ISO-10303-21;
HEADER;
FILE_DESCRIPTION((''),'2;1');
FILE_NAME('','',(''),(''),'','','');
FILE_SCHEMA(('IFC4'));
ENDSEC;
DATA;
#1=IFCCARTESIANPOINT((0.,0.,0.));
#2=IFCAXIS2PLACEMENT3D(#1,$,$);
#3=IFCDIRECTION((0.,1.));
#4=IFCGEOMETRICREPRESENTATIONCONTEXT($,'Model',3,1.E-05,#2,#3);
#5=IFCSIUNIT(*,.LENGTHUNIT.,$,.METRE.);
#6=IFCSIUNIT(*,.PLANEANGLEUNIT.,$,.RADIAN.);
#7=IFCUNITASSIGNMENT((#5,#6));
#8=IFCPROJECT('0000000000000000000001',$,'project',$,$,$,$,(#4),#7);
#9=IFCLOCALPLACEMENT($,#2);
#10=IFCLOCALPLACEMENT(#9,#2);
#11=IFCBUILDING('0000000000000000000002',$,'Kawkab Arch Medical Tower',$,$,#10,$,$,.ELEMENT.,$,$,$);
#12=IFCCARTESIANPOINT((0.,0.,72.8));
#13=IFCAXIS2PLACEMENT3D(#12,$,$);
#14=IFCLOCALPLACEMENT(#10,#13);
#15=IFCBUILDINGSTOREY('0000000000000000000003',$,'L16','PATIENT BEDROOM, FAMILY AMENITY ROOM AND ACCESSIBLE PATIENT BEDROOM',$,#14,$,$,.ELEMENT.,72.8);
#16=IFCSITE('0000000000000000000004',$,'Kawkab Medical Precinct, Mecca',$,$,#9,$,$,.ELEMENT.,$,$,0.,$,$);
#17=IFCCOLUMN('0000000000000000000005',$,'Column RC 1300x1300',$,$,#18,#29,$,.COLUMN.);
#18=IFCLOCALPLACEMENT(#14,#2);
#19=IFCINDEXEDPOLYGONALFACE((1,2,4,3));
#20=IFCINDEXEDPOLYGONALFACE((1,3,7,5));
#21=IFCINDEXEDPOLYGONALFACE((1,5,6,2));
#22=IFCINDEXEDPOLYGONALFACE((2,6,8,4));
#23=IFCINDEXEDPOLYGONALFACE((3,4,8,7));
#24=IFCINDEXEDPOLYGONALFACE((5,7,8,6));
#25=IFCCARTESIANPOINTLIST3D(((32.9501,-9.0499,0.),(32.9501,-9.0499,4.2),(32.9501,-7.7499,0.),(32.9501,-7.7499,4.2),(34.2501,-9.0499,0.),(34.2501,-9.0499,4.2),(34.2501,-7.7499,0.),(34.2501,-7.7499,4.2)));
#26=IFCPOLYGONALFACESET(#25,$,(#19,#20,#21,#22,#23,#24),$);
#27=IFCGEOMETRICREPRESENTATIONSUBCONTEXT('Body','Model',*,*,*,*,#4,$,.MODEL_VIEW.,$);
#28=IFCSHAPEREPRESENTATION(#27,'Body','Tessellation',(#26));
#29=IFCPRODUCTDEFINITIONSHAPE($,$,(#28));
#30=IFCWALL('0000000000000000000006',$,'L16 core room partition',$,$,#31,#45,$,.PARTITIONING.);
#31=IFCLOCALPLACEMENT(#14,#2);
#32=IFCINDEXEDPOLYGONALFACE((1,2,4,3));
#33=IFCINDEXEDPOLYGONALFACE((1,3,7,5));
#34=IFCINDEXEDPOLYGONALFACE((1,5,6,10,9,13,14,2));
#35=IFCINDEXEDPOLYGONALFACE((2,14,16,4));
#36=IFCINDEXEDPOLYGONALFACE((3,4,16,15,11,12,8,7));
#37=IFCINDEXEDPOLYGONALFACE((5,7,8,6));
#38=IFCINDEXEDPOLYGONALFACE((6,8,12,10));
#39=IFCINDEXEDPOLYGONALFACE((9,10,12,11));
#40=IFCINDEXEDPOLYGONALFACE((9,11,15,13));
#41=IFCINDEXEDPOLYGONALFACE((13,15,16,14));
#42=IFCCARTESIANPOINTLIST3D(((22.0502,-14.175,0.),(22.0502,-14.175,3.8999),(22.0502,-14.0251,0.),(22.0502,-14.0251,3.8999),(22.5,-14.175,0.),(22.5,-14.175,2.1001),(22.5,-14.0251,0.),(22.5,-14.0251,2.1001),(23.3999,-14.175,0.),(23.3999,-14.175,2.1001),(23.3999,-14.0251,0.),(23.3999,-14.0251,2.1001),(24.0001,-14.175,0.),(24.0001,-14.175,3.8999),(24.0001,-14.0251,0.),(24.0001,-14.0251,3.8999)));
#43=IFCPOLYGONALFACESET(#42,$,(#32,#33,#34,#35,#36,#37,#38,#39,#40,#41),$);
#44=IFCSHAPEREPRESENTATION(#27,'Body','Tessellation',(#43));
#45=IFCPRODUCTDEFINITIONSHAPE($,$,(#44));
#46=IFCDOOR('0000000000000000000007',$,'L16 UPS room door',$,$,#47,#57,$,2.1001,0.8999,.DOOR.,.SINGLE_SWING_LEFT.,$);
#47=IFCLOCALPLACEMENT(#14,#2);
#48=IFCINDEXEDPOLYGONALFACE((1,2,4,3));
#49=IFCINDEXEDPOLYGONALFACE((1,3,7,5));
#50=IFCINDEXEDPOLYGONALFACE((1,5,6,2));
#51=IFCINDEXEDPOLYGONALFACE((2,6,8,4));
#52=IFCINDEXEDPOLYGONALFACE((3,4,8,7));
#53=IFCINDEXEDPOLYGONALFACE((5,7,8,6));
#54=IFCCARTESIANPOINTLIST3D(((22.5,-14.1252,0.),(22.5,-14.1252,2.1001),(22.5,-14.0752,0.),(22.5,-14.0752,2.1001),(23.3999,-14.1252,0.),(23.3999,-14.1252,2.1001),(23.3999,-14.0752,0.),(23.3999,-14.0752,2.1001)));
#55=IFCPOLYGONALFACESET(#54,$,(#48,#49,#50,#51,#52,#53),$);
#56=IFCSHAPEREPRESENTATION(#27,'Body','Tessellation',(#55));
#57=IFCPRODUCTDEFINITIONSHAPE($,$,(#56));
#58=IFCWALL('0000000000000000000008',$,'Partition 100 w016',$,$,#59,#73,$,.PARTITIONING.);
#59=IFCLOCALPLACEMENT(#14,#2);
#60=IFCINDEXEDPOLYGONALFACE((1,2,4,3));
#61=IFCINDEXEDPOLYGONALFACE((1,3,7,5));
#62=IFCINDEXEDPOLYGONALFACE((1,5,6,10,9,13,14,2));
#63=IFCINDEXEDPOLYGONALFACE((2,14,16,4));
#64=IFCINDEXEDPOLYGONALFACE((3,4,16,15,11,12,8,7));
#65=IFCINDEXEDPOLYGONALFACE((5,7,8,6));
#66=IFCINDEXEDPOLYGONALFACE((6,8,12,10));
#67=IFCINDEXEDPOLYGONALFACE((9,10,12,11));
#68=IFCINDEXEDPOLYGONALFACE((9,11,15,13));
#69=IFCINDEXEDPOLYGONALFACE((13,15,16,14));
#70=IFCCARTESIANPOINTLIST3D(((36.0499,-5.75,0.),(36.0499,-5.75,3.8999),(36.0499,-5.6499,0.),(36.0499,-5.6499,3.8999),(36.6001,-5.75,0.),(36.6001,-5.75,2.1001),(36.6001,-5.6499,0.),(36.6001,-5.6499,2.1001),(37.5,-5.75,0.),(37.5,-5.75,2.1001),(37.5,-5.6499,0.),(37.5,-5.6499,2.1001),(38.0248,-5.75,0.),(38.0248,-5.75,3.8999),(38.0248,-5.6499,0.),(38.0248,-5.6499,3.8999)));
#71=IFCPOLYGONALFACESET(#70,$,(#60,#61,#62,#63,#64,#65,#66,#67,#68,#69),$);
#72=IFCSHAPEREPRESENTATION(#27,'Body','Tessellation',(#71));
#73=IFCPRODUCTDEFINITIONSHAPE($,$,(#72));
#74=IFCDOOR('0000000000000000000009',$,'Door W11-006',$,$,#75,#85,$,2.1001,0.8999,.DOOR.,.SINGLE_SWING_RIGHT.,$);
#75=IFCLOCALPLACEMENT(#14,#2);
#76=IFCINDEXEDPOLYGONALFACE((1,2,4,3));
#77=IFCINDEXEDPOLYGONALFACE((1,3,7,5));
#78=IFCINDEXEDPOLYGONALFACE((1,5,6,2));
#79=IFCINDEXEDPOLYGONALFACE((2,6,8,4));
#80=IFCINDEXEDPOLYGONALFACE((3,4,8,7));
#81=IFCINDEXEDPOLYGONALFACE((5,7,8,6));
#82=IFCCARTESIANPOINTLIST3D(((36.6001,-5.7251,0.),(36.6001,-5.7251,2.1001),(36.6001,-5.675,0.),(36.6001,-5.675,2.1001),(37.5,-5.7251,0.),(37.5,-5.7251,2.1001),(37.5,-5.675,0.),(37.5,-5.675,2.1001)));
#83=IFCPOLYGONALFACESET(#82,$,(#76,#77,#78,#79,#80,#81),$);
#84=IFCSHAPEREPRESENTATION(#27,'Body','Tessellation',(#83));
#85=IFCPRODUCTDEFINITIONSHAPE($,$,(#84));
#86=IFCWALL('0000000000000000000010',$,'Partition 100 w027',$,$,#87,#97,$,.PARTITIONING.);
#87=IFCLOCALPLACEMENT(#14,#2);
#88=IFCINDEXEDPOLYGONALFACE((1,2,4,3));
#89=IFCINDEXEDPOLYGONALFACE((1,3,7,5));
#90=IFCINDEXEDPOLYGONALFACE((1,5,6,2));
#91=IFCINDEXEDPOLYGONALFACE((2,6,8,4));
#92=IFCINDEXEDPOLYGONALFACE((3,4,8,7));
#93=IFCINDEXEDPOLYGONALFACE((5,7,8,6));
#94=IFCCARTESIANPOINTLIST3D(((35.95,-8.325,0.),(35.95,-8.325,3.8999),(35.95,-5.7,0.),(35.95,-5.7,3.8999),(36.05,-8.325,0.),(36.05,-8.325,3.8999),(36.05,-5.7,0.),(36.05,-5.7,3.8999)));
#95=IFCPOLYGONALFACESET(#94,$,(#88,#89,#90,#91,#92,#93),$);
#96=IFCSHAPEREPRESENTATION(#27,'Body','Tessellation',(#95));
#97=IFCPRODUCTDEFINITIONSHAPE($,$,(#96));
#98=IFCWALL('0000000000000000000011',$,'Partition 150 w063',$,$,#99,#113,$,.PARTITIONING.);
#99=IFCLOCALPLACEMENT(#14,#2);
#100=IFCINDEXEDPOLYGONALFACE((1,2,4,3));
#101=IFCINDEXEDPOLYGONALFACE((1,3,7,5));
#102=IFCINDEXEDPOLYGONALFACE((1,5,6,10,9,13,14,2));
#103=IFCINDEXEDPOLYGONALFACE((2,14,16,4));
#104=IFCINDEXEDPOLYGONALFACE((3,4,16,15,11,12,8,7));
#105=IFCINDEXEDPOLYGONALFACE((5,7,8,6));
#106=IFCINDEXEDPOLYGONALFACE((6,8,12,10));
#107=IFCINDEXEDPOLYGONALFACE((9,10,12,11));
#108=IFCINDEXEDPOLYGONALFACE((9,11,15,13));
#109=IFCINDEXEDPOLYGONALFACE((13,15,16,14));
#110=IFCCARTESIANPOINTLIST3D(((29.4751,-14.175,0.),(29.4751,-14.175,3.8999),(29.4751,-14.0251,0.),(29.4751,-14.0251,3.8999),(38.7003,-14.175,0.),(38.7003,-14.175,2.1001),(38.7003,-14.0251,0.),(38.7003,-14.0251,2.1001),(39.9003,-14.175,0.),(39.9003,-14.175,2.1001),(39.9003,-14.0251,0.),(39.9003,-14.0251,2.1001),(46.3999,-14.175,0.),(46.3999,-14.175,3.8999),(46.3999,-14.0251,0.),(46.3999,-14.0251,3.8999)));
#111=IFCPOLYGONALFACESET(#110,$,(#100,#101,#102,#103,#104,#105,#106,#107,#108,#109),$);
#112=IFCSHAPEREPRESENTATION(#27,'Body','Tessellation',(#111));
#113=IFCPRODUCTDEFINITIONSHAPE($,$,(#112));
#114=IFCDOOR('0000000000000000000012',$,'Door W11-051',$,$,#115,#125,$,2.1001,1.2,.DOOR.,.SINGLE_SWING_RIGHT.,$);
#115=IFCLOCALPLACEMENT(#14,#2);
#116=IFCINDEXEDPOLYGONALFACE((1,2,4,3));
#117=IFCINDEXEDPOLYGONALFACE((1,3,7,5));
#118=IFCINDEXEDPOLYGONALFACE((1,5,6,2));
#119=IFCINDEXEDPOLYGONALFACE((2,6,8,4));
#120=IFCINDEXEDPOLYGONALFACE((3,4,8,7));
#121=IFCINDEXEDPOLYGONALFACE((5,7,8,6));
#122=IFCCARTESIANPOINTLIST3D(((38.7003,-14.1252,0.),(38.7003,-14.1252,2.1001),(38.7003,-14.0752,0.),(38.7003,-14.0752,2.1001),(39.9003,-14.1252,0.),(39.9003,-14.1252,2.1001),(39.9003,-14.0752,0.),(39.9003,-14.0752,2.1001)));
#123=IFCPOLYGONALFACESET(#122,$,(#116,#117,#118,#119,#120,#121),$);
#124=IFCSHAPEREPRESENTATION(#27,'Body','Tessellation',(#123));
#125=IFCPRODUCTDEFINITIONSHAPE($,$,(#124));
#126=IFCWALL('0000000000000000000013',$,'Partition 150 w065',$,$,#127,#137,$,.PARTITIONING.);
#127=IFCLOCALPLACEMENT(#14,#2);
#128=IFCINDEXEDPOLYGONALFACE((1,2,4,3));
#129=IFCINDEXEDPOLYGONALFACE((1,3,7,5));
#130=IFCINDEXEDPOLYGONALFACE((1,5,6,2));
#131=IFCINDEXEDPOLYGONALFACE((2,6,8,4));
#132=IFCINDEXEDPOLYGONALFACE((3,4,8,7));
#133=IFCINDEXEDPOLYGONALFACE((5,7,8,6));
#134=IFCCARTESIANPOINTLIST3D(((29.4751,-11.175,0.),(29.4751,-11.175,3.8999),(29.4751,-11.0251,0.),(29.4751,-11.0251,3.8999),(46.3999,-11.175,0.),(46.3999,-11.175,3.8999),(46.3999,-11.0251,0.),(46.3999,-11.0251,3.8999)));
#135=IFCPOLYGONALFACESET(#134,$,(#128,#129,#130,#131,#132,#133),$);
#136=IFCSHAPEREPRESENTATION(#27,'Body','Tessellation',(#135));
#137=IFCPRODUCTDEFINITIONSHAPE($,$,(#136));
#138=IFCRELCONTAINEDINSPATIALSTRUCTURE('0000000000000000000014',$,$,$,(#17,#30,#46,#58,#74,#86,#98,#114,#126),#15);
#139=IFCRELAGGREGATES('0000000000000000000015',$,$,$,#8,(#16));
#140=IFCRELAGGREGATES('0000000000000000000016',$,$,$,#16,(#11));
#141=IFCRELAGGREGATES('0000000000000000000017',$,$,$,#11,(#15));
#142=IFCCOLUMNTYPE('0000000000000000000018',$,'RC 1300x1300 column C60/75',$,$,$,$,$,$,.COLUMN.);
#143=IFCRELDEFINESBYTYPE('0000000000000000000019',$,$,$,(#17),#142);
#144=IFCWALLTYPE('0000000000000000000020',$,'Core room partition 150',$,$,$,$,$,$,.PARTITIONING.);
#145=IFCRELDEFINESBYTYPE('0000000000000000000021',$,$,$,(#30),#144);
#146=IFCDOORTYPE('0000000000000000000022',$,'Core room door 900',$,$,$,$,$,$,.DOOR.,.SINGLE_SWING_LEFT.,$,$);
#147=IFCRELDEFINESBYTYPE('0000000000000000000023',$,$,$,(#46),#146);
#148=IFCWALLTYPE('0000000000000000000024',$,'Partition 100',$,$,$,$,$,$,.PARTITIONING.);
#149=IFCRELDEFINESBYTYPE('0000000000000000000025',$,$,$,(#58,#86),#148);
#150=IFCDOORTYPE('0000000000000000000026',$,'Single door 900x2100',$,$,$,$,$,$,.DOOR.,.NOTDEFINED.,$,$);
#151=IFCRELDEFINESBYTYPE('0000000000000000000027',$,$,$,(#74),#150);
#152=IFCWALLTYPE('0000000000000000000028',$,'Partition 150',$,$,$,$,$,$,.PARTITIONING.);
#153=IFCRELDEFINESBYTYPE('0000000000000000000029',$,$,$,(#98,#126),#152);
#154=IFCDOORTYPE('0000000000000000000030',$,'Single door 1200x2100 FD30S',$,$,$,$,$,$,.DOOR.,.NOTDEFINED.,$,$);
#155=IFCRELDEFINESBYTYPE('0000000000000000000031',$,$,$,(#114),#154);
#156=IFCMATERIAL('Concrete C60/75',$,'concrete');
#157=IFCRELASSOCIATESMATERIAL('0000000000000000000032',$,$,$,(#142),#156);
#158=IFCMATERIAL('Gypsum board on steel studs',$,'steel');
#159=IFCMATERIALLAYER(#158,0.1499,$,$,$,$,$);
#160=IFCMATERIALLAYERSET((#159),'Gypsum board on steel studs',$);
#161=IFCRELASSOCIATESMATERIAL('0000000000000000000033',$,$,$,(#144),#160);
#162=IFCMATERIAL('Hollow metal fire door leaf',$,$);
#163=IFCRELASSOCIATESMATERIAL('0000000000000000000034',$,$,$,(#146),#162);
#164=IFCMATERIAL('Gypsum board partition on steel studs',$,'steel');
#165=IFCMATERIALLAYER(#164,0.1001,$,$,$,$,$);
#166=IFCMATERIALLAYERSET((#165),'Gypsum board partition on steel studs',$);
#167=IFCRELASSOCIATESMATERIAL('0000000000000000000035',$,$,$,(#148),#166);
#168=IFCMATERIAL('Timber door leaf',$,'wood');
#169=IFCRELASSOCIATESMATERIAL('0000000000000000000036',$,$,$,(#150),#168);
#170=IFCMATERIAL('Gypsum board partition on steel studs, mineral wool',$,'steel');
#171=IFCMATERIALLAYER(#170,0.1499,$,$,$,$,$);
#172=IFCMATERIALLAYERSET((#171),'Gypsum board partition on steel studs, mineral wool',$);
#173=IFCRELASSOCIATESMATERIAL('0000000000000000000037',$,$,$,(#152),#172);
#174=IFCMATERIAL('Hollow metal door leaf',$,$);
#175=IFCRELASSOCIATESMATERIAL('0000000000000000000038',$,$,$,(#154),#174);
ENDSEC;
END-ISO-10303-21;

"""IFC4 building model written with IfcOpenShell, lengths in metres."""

from ifc_helpers import new_model, si_unit, direction, frame, frame_2d, origin, origin_2d, place, context, subcontext, project, spatial, rectangle, extrude, material, layer, layer_set, material_profile, profile_set, type_object, element, fill, save


model = new_model("IFC4")

# Units and contexts
model_context = context("Model", 3, precision=1e-05, world=origin(), true_north=direction((0.0, 1.0)))
body_context = subcontext(model_context, "Body", "Model", "MODEL_VIEW")
ifc_project = project(units=[si_unit("LENGTHUNIT", "METRE"), si_unit("PLANEANGLEUNIT", "RADIAN")], contexts=[model_context])

# Site, building, storey
site_placement = place(None, origin())
site = spatial("IfcSite", under=ifc_project, at=site_placement, Name="Kawkab Medical Precinct, Mecca", CompositionType="ELEMENT", RefElevation=0.0)
building_placement = place(site_placement, origin())
building = spatial("IfcBuilding", under=site, at=building_placement, Name="Kawkab Arch Medical Tower", CompositionType="ELEMENT")
storey_placement = place(building_placement, frame((0.0, 0.0, 72.8)))
storey = spatial("IfcBuildingStorey", under=building, at=storey_placement, Name="L16", Description="PATIENT BEDROOM, FAMILY AMENITY ROOM AND ACCESSIBLE PATIENT BEDROOM", CompositionType="ELEMENT", Elevation=72.8)

# Column
ifc_material_1 = material(Name="Concrete C60/75", Category="concrete")
ifc_material_profile = material_profile(ifc_material_1, rectangle(XDim=1.3, YDim=1.3, at=origin_2d()), Name="RC 1300x1300")
ifc_profile_set = profile_set([ifc_material_profile], Name="Concrete C60/75")
column_type = type_object("IfcColumnType", Name="RC 1300x1300 column C60/75", PredefinedType="COLUMN", material=ifc_profile_set)
column_placement = place(storey_placement, frame((33.6001, -8.3999, 0.0), z_axis=(0.0, 0.0, 1.0), x_axis=(1.0, 0.0, 0.0)))
element("IfcColumn", 1, at=column_placement, inside=storey, type_object=column_type, Name="Column RC 1300x1300", PredefinedType="COLUMN", context=body_context, shape_type="SweptSolid", body=[
    extrude(rectangle(XDim=1.3, YDim=1.3, at=origin_2d()), origin(), (0.0, 0.0, 1.0), 4.2),
])

# Walls, openings, doors
ifc_material_2 = material(Name="Gypsum board on steel studs", Category="steel")
ifc_layer_1 = layer(ifc_material_2, 0.1499)
ifc_layer_set_1 = layer_set([ifc_layer_1], Name="Gypsum board on steel studs")
wall_type_1 = type_object("IfcWallType", Name="Core room partition 150", PredefinedType="PARTITIONING", material=ifc_layer_set_1)
wall_1_placement = place(storey_placement, frame((22.05, -14.1001, 0.0), z_axis=(0.0, 0.0, 1.0), x_axis=(1.0, 0.0, 0.0)))
wall_1 = element("IfcWall", 2, at=wall_1_placement, inside=storey, type_object=wall_type_1, Name="L16 core room partition", PredefinedType="PARTITIONING", context=body_context, shape_type="SweptSolid", body=[
    extrude(rectangle(XDim=1.95, YDim=0.1499, at=frame_2d((0.9751, 0.0))), origin(), (0.0, 0.0, 1.0), 3.8999),
])
opening_1_placement = place(wall_1_placement, frame((0.45, 0.0, 0.0)))
opening_1 = element("IfcOpeningElement", 3, at=opening_1_placement, cuts=wall_1, PredefinedType="OPENING", context=body_context, shape_type="SweptSolid", body=[
    extrude(rectangle(XDim=0.8999, YDim=2.1001, at=frame_2d((0.45, 1.05))), frame((0.0, 0.085, 0.0), z_axis=(0.0, -1.0, 0.0), x_axis=(1.0, 0.0, 0.0)), (0.0, 0.0, 1.0), 0.1699),
])
ifc_material_3 = material(Name="Hollow metal fire door leaf")
door_type_1 = type_object("IfcDoorType", Name="Core room door 900", OperationType="SINGLE_SWING_LEFT", PredefinedType="DOOR", material=ifc_material_3)
door_1_placement = place(opening_1_placement, origin())
door_1 = element("IfcDoor", 4, at=door_1_placement, inside=storey, type_object=door_type_1, Name="L16 UPS room door", OperationType="SINGLE_SWING_LEFT", OverallHeight=2.1001, OverallWidth=0.8999, PredefinedType="DOOR", context=body_context, shape_type="SweptSolid", body=[
    extrude(rectangle(XDim=0.8999, YDim=2.1001, at=frame_2d((0.45, 1.05))), frame((0.0, 0.0249, 0.0), z_axis=(0.0, -1.0, 0.0), x_axis=(1.0, 0.0, 0.0)), (0.0, 0.0, 1.0), 0.05),
])
fill(opening_1, door_1)
ifc_material_4 = material(Name="Gypsum board partition on steel studs", Category="steel")
ifc_layer_2 = layer(ifc_material_4, 0.1001)
ifc_layer_set_2 = layer_set([ifc_layer_2], Name="Gypsum board partition on steel studs")
wall_type_2 = type_object("IfcWallType", Name="Partition 100", PredefinedType="PARTITIONING", material=ifc_layer_set_2)
wall_2_placement = place(storey_placement, frame((36.05, -5.7, 0.0), z_axis=(0.0, 0.0, 1.0), x_axis=(1.0, 0.0, 0.0)))
wall_2 = element("IfcWall", 5, at=wall_2_placement, inside=storey, type_object=wall_type_2, Name="Partition 100 w016", PredefinedType="PARTITIONING", context=body_context, shape_type="SweptSolid", body=[
    extrude(rectangle(XDim=1.9749, YDim=0.1001, at=frame_2d((0.9873, 0.0))), origin(), (0.0, 0.0, 1.0), 3.8999),
])
opening_2_placement = place(wall_2_placement, frame((0.55, 0.0, 0.0)))
opening_2 = element("IfcOpeningElement", 6, at=opening_2_placement, cuts=wall_2, PredefinedType="OPENING", context=body_context, shape_type="SweptSolid", body=[
    extrude(rectangle(XDim=0.8999, YDim=2.1001, at=frame_2d((0.45, 1.05))), frame((0.0, 0.0601, 0.0), z_axis=(0.0, -1.0, 0.0), x_axis=(1.0, 0.0, 0.0)), (0.0, 0.0, 1.0), 0.1201),
])
ifc_material_5 = material(Name="Timber door leaf", Category="wood")
door_type_2 = type_object("IfcDoorType", Name="Single door 900x2100", OperationType="NOTDEFINED", PredefinedType="DOOR", material=ifc_material_5)
door_2_placement = place(opening_2_placement, origin())
door_2 = element("IfcDoor", 7, at=door_2_placement, inside=storey, type_object=door_type_2, Name="Door W11-006", OperationType="SINGLE_SWING_RIGHT", OverallHeight=2.1001, OverallWidth=0.8999, PredefinedType="DOOR", context=body_context, shape_type="SweptSolid", body=[
    extrude(rectangle(XDim=0.8999, YDim=2.1001, at=frame_2d((0.45, 1.05))), frame((0.0, 0.0249, 0.0), z_axis=(0.0, -1.0, 0.0), x_axis=(1.0, 0.0, 0.0)), (0.0, 0.0, 1.0), 0.05),
])
fill(opening_2, door_2)

# Wall
wall_3_placement = place(storey_placement, frame((36.0, -8.325, 0.0), z_axis=(0.0, 0.0, 1.0), x_axis=(0.0, 1.0, 0.0)))
element("IfcWall", 8, at=wall_3_placement, inside=storey, type_object=wall_type_2, Name="Partition 100 w027", PredefinedType="PARTITIONING", context=body_context, shape_type="SweptSolid", body=[
    extrude(rectangle(XDim=2.625, YDim=0.1001, at=frame_2d((1.3125, 0.0))), origin(), (0.0, 0.0, 1.0), 3.8999),
])

# Wall, opening, door
ifc_material_6 = material(Name="Gypsum board partition on steel studs, mineral wool", Category="steel")
ifc_layer_3 = layer(ifc_material_6, 0.1499)
ifc_layer_set_3 = layer_set([ifc_layer_3], Name="Gypsum board partition on steel studs, mineral wool")
wall_type_3 = type_object("IfcWallType", Name="Partition 150", PredefinedType="PARTITIONING", material=ifc_layer_set_3)
wall_4_placement = place(storey_placement, frame((29.4751, -14.1001, 0.0), z_axis=(0.0, 0.0, 1.0), x_axis=(1.0, 0.0, 0.0)))
wall_4 = element("IfcWall", 9, at=wall_4_placement, inside=storey, type_object=wall_type_3, Name="Partition 150 w063", PredefinedType="PARTITIONING", context=body_context, shape_type="SweptSolid", body=[
    extrude(rectangle(XDim=16.9248, YDim=0.1499, at=frame_2d((8.4624, 0.0))), origin(), (0.0, 0.0, 1.0), 3.8999),
])
opening_3_placement = place(wall_4_placement, frame((9.2251, 0.0, 0.0)))
opening_3 = element("IfcOpeningElement", 10, at=opening_3_placement, cuts=wall_4, PredefinedType="OPENING", context=body_context, shape_type="SweptSolid", body=[
    extrude(rectangle(XDim=1.2, YDim=2.1001, at=frame_2d((0.6001, 1.05))), frame((0.0, 0.085, 0.0), z_axis=(0.0, -1.0, 0.0), x_axis=(1.0, 0.0, 0.0)), (0.0, 0.0, 1.0), 0.1699),
])
ifc_material_7 = material(Name="Hollow metal door leaf")
door_type_3 = type_object("IfcDoorType", Name="Single door 1200x2100 FD30S", OperationType="NOTDEFINED", PredefinedType="DOOR", material=ifc_material_7)
door_3_placement = place(opening_3_placement, origin())
door_3 = element("IfcDoor", 11, at=door_3_placement, inside=storey, type_object=door_type_3, Name="Door W11-051", OperationType="SINGLE_SWING_RIGHT", OverallHeight=2.1001, OverallWidth=1.2, PredefinedType="DOOR", context=body_context, shape_type="SweptSolid", body=[
    extrude(rectangle(XDim=1.2, YDim=2.1001, at=frame_2d((0.6001, 1.05))), frame((0.0, 0.0249, 0.0), z_axis=(0.0, -1.0, 0.0), x_axis=(1.0, 0.0, 0.0)), (0.0, 0.0, 1.0), 0.05),
])
fill(opening_3, door_3)

# Wall
wall_5_placement = place(storey_placement, frame((29.4751, -11.1001, 0.0), z_axis=(0.0, 0.0, 1.0), x_axis=(1.0, 0.0, 0.0)))
element("IfcWall", 12, at=wall_5_placement, inside=storey, type_object=wall_type_3, Name="Partition 150 w065", PredefinedType="PARTITIONING", context=body_context, shape_type="SweptSolid", body=[
    extrude(rectangle(XDim=16.9248, YDim=0.1499, at=frame_2d((8.4624, 0.0))), origin(), (0.0, 0.0, 1.0), 3.8999),
])

save(model, "model.ifc")
